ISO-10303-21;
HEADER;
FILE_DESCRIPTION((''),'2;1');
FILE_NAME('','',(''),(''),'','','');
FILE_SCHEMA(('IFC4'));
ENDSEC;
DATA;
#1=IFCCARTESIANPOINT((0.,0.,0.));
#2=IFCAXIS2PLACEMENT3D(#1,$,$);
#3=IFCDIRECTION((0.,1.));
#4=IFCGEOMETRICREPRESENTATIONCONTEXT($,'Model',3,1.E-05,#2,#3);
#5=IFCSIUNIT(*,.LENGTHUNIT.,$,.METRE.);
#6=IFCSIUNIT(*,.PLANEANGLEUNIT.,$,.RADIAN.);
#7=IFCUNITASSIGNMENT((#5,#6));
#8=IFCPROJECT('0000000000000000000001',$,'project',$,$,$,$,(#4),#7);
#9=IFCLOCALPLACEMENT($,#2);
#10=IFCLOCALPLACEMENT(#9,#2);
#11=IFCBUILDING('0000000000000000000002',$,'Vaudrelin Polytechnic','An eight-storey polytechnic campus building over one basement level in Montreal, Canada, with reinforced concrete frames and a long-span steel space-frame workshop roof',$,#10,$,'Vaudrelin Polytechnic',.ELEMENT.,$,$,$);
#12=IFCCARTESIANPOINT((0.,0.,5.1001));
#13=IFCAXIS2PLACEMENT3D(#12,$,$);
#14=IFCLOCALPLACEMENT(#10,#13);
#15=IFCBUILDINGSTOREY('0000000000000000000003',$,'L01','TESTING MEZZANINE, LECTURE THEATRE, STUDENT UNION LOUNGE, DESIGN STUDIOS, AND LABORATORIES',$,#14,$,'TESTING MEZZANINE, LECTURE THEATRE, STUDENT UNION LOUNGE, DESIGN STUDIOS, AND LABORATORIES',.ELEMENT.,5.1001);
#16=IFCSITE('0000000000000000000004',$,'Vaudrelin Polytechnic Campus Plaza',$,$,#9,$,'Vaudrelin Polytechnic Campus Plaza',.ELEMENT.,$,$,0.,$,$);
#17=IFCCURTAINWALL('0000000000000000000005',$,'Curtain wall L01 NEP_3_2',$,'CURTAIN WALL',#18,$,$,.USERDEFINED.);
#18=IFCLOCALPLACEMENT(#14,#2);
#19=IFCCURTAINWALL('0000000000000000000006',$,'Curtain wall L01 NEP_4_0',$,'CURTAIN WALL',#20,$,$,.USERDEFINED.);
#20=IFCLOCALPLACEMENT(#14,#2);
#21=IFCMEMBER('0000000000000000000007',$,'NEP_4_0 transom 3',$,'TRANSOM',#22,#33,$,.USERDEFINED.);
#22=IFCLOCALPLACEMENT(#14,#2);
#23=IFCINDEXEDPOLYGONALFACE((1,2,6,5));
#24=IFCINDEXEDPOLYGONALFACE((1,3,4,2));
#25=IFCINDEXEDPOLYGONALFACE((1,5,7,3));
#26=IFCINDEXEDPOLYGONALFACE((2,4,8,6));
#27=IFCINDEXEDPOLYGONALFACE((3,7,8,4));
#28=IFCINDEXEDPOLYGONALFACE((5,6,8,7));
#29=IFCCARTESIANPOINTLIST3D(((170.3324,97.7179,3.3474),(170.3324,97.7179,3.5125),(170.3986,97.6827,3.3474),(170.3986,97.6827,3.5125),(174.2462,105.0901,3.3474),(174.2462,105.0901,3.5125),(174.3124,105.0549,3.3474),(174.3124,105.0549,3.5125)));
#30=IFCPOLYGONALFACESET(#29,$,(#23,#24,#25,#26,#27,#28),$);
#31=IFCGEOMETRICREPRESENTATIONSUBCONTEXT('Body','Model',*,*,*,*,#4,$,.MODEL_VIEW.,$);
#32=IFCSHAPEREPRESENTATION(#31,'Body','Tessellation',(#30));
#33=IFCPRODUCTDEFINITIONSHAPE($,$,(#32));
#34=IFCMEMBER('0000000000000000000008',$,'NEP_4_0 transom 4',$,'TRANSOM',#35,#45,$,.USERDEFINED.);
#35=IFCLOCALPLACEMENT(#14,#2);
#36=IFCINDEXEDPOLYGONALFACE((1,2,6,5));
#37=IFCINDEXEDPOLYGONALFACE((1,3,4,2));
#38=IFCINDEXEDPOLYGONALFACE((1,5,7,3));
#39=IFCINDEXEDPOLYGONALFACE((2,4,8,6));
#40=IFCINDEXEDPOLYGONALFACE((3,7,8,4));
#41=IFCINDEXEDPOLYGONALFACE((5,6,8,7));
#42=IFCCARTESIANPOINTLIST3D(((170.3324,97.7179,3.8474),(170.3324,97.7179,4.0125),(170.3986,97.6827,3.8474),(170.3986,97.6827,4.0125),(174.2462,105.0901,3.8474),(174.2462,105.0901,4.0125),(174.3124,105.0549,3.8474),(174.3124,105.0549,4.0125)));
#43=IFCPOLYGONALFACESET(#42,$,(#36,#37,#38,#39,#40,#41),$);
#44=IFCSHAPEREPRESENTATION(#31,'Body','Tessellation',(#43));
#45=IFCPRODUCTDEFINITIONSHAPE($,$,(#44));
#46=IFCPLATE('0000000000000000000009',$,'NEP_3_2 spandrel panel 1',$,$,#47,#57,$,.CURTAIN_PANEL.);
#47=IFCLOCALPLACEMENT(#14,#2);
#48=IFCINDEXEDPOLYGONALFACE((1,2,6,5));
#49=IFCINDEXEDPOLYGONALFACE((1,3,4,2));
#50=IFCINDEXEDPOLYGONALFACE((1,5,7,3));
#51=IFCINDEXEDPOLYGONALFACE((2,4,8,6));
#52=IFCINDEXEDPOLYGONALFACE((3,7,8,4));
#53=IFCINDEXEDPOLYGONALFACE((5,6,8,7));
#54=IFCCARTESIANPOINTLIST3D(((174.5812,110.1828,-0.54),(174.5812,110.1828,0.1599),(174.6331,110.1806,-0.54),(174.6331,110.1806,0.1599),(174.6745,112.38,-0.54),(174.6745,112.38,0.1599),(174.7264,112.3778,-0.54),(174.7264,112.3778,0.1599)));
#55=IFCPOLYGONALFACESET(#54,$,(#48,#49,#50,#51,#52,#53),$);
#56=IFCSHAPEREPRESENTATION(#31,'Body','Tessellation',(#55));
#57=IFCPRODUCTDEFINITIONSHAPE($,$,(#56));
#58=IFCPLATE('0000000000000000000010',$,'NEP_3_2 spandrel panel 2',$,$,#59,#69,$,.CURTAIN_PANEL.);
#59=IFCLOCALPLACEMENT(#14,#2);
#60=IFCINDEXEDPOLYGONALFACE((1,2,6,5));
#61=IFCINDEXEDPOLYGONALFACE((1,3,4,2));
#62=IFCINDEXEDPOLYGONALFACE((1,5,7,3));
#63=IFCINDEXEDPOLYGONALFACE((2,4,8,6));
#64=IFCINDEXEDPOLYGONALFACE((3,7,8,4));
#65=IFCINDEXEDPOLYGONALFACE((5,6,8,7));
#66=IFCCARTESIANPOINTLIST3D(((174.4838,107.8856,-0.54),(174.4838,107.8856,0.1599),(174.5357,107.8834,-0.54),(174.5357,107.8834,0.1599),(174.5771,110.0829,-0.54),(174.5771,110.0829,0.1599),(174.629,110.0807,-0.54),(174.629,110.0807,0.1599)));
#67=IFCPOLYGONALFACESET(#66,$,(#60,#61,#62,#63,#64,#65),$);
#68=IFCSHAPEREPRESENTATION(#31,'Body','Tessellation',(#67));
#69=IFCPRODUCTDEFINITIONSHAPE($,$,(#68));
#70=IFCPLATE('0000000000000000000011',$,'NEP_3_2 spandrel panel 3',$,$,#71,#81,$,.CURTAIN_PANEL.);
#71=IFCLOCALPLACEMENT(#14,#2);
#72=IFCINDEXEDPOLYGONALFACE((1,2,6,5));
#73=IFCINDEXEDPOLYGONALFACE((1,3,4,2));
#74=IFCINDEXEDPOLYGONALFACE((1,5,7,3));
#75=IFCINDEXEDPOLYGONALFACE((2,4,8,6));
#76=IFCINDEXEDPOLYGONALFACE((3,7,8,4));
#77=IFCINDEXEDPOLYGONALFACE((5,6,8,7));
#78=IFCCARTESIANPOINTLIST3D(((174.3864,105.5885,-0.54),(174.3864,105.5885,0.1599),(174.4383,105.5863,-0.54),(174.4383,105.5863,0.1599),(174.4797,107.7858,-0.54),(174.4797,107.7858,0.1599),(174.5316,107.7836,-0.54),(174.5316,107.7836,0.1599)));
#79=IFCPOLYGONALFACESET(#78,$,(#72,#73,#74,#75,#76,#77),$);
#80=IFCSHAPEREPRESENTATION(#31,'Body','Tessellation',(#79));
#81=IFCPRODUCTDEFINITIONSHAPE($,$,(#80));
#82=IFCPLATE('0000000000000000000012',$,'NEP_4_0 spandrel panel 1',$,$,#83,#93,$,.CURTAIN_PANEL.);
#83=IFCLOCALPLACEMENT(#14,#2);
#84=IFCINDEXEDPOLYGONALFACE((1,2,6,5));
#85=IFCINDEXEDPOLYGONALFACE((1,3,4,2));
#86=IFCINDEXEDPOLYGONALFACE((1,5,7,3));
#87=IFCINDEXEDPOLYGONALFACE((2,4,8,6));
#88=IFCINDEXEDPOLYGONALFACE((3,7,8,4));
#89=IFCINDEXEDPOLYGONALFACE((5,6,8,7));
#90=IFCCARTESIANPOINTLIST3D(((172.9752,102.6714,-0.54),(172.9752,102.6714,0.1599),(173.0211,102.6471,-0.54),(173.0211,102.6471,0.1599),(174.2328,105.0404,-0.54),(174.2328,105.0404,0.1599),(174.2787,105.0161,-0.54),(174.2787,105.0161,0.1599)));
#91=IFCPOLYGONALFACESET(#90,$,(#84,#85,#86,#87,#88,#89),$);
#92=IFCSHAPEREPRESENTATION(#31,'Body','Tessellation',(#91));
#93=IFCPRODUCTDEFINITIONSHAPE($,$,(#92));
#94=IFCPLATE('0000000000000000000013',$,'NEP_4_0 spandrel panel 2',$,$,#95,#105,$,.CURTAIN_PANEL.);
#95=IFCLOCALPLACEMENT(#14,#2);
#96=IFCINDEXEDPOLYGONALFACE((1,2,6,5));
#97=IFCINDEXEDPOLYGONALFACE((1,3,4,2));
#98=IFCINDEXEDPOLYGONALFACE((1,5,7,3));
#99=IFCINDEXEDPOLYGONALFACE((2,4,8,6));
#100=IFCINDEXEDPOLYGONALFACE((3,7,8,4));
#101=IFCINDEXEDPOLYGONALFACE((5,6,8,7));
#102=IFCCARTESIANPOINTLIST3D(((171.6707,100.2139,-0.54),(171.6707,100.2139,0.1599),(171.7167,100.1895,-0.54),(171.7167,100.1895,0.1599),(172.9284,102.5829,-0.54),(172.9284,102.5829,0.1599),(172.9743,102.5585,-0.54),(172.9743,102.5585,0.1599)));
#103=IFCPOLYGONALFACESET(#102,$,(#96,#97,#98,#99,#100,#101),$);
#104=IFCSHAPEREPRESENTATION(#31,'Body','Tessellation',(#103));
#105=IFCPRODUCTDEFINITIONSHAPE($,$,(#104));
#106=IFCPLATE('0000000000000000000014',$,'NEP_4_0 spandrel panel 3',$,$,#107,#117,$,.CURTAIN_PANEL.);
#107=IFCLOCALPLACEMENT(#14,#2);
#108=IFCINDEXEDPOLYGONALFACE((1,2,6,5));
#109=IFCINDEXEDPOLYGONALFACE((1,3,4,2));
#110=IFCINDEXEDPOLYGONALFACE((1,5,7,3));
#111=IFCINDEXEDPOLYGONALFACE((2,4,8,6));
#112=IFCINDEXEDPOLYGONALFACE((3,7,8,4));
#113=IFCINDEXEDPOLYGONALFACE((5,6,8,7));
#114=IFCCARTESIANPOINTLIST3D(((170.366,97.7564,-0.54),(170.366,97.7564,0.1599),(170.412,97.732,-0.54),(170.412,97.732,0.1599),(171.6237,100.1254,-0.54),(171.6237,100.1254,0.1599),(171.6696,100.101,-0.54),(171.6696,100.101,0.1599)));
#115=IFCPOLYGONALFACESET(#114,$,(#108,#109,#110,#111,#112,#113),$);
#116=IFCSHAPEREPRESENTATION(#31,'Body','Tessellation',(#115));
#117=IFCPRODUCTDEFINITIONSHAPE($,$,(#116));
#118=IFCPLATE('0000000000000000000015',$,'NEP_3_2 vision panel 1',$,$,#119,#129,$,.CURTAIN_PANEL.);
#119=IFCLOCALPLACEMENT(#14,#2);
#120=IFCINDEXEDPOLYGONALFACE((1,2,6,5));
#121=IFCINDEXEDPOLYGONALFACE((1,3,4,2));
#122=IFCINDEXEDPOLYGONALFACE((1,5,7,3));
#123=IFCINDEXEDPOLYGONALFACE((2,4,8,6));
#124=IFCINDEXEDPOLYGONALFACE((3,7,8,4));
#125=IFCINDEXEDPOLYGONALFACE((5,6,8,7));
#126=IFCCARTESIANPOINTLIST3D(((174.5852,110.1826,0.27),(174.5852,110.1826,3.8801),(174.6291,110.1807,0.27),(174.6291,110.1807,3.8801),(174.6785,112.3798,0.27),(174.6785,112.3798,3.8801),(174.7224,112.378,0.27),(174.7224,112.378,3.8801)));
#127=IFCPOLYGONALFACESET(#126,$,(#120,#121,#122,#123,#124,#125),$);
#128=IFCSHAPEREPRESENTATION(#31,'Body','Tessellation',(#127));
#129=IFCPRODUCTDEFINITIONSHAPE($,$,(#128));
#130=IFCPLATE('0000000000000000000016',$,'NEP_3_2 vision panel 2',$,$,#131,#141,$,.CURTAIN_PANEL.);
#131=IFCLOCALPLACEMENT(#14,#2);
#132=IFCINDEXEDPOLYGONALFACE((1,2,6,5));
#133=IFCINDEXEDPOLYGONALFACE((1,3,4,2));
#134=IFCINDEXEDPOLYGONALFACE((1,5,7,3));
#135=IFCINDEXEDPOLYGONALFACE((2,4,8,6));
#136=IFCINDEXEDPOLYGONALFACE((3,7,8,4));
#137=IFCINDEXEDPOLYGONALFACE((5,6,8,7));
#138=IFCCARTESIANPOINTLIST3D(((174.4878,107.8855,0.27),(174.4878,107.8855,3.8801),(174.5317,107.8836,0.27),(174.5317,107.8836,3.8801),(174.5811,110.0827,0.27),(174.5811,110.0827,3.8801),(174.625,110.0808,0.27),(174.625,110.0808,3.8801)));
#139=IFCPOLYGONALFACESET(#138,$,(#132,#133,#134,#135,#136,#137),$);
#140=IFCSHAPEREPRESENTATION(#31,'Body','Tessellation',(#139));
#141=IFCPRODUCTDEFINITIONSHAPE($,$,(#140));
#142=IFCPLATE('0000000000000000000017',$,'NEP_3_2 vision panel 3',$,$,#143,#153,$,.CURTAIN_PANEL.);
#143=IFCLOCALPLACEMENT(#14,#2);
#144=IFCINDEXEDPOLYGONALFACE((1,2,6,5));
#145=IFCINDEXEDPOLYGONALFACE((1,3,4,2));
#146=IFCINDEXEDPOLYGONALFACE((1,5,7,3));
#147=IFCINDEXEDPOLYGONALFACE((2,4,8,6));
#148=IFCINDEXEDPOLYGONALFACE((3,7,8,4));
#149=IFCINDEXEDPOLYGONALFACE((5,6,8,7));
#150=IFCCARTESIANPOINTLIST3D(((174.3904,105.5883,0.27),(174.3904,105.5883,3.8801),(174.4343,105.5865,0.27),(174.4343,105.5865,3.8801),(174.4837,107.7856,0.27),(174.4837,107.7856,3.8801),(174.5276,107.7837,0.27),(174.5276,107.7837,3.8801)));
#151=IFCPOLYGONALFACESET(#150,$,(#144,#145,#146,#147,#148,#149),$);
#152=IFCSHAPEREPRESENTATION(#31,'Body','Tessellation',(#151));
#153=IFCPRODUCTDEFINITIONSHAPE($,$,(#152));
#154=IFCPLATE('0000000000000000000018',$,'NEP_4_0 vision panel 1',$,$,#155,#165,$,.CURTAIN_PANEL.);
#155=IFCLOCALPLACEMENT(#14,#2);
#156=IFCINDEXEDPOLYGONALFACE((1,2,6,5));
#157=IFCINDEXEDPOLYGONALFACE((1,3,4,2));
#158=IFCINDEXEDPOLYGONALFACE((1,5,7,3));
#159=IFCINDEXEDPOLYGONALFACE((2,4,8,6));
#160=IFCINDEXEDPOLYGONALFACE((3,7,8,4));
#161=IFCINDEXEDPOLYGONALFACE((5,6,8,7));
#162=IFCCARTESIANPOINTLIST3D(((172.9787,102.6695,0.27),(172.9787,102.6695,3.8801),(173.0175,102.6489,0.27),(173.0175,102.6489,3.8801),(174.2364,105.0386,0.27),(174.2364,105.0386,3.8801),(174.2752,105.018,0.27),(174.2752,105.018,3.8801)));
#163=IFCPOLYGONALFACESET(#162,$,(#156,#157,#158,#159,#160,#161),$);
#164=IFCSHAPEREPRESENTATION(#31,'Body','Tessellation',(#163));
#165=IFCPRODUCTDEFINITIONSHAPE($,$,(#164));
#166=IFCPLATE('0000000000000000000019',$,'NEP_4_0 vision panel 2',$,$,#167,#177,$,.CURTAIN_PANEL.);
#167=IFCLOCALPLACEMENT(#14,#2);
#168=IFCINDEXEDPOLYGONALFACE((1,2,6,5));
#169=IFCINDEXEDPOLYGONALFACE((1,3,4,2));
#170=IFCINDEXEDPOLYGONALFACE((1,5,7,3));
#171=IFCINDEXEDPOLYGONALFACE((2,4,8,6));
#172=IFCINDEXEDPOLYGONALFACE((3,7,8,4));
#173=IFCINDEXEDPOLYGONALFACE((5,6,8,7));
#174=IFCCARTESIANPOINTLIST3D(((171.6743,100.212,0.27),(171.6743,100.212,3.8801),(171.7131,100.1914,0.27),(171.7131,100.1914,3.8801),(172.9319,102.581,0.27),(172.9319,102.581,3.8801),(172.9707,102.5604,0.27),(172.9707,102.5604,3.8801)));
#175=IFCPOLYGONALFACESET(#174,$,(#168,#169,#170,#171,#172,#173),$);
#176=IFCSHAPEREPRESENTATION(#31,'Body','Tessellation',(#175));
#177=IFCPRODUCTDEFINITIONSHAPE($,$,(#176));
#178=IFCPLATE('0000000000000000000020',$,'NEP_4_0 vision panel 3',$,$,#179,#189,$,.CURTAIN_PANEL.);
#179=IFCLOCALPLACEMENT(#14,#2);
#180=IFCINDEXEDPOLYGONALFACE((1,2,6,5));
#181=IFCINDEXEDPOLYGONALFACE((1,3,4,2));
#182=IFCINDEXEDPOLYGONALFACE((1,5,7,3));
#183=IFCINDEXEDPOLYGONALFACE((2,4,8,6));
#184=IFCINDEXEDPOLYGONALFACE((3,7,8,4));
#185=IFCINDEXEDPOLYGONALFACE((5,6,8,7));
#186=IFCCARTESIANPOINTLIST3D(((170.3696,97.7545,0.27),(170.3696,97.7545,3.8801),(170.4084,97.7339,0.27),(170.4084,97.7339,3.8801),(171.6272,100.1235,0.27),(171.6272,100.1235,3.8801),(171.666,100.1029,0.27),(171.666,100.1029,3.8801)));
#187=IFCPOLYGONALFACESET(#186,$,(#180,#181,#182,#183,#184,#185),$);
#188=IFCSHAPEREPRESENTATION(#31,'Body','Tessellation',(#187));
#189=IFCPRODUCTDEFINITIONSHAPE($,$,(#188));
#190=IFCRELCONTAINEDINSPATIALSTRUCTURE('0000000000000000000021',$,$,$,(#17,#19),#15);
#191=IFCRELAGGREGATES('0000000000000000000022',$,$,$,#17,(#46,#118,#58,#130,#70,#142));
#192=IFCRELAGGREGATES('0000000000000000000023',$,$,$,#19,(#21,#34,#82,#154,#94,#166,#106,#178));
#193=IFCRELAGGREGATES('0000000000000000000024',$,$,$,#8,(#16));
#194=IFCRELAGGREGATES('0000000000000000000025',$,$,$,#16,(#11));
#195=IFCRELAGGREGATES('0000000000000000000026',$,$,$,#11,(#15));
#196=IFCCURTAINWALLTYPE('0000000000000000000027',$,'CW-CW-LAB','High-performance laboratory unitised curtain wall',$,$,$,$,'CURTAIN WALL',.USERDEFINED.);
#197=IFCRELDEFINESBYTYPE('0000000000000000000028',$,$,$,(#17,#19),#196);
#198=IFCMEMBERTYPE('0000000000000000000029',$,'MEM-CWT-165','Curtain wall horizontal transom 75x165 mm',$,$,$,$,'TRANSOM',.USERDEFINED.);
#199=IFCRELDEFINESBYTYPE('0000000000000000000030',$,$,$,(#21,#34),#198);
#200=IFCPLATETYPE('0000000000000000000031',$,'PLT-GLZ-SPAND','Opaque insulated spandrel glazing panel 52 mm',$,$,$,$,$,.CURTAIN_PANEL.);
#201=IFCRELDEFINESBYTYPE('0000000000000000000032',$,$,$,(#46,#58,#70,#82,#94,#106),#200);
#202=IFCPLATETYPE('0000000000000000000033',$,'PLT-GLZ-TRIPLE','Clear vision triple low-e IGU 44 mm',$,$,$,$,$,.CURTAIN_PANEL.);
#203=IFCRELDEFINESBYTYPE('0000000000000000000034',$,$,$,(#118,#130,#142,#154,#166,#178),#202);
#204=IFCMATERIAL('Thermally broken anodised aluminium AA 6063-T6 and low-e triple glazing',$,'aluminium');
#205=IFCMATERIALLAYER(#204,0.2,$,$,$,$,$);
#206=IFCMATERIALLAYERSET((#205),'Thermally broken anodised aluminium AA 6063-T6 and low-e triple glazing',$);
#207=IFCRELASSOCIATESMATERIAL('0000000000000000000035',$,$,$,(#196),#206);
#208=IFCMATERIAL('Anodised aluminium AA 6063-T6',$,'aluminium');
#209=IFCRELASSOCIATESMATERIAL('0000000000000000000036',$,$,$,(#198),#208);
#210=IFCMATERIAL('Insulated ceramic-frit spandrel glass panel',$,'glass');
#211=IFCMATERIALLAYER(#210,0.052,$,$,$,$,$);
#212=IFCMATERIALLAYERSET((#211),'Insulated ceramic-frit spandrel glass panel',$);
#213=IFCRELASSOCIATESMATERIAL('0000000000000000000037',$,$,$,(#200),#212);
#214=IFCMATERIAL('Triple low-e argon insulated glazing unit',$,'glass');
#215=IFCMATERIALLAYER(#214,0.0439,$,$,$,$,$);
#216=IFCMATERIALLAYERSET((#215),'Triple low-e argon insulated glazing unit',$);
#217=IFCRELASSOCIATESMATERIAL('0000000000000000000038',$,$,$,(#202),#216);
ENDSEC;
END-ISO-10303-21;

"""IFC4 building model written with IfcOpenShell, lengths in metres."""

from ifc_helpers import new_model, si_unit, direction, frame, origin, origin_2d, place, context, subcontext, project, spatial, rectangle, extrude, material, layer, layer_set, material_profile, profile_set, type_object, element, aggregate, save


model = new_model("IFC4")

# Units and contexts
model_context = context("Model", 3, precision=1e-05, world=origin(), true_north=direction((0.0, 1.0)))
body_context = subcontext(model_context, "Body", "Model", "MODEL_VIEW")
ifc_project = project(units=[si_unit("LENGTHUNIT", "METRE"), si_unit("PLANEANGLEUNIT", "RADIAN")], contexts=[model_context])

# Site, building, storey
site_placement = place(None, origin())
site = spatial("IfcSite", under=ifc_project, at=site_placement, Name="Vaudrelin Polytechnic Campus Plaza", LongName="Vaudrelin Polytechnic Campus Plaza", CompositionType="ELEMENT", RefElevation=0.0)
building_placement = place(site_placement, origin())
building = spatial("IfcBuilding", under=site, at=building_placement, Name="Vaudrelin Polytechnic", Description="An eight-storey polytechnic campus building over one basement level in Montreal, Canada, with reinforced concrete frames and a long-span steel space-frame workshop roof", LongName="Vaudrelin Polytechnic", CompositionType="ELEMENT")
storey_placement = place(building_placement, frame((0.0, 0.0, 5.1001)))
storey = spatial("IfcBuildingStorey", under=building, at=storey_placement, Name="L01", Description="TESTING MEZZANINE, LECTURE THEATRE, STUDENT UNION LOUNGE, DESIGN STUDIOS, AND LABORATORIES", LongName="TESTING MEZZANINE, LECTURE THEATRE, STUDENT UNION LOUNGE, DESIGN STUDIOS, AND LABORATORIES", CompositionType="ELEMENT", Elevation=5.1001)

# Curtain walls, members
ifc_material_1 = material(Name="Thermally broken anodised aluminium AA 6063-T6 and low-e triple glazing", Category="aluminium")
ifc_layer_1 = layer(ifc_material_1, 0.2)
ifc_layer_set_1 = layer_set([ifc_layer_1], Name="Thermally broken anodised aluminium AA 6063-T6 and low-e triple glazing")
curtain_wall_type = type_object("IfcCurtainWallType", Name="CW-CW-LAB", Description="High-performance laboratory unitised curtain wall", ElementType="CURTAIN WALL", PredefinedType="USERDEFINED", material=ifc_layer_set_1)
curtain_wall_1_placement = place(storey_placement, origin())
curtain_wall_1 = element("IfcCurtainWall", 1, at=curtain_wall_1_placement, inside=storey, type_object=curtain_wall_type, Name="Curtain wall L01 NEP_3_2", ObjectType="CURTAIN WALL", PredefinedType="USERDEFINED")
ifc_material_2 = material(Name="Anodised aluminium AA 6063-T6", Category="aluminium")
curtain_wall_2_placement = place(storey_placement, origin())
curtain_wall_2 = element("IfcCurtainWall", 2, at=curtain_wall_2_placement, inside=storey, type_object=curtain_wall_type, Name="Curtain wall L01 NEP_4_0", ObjectType="CURTAIN WALL", PredefinedType="USERDEFINED")
ifc_material_profile_1 = material_profile(ifc_material_2, rectangle(XDim=0.075, YDim=0.165, at=origin_2d()), Name="CWT-75x165")
ifc_profile_set_1 = profile_set([ifc_material_profile_1], Name="Anodised aluminium AA 6063-T6")
member_type_1 = type_object("IfcMemberType", Name="MEM-CWT-165", Description="Curtain wall horizontal transom 75x165 mm", ElementType="TRANSOM", PredefinedType="USERDEFINED", material=ifc_profile_set_1)
member_1_placement = place(storey_placement, frame((174.2793, 105.0725, 3.4299), z_axis=(-0.468901, -0.883251, 0.0), x_axis=(0.883251, -0.468901, 0.0)))
member_1 = element("IfcMember", 3, at=member_1_placement, type_object=member_type_1, Name="NEP_4_0 transom 3", ObjectType="TRANSOM", PredefinedType="USERDEFINED", context=body_context, shape_type="SweptSolid", body=[
    extrude(rectangle(XDim=0.075, YDim=0.165, at=origin_2d()), origin(), (0.0, 0.0, 1.0), 8.3467),
])
member_2_placement = place(storey_placement, frame((174.2793, 105.0725, 3.9299), z_axis=(-0.468901, -0.883251, 0.0), x_axis=(0.883251, -0.468901, 0.0)))
member_2 = element("IfcMember", 4, at=member_2_placement, type_object=member_type_1, Name="NEP_4_0 transom 4", ObjectType="TRANSOM", PredefinedType="USERDEFINED", context=body_context, shape_type="SweptSolid", body=[
    extrude(rectangle(XDim=0.075, YDim=0.165, at=origin_2d()), origin(), (0.0, 0.0, 1.0), 8.3467),
])

# Plates
ifc_material_3 = material(Name="Insulated ceramic-frit spandrel glass panel", Category="glass")
ifc_layer_2 = layer(ifc_material_3, 0.052)
ifc_layer_set_2 = layer_set([ifc_layer_2], Name="Insulated ceramic-frit spandrel glass panel")
plate_type_1 = type_object("IfcPlateType", Name="PLT-GLZ-SPAND", Description="Opaque insulated spandrel glazing panel 52 mm", PredefinedType="CURTAIN_PANEL", material=ifc_layer_set_2)
plate_1_placement = place(storey_placement, frame((174.6538, 111.2803, -0.54), z_axis=(0.0, 0.0, 1.0), x_axis=(-0.04242, -0.9991, 0.0)))
plate_1 = element("IfcPlate", 5, at=plate_1_placement, type_object=plate_type_1, Name="NEP_3_2 spandrel panel 1", PredefinedType="CURTAIN_PANEL", context=body_context, shape_type="SweptSolid", body=[
    extrude(rectangle(XDim=2.1992, YDim=0.052, at=origin_2d()), origin(), (0.0, 0.0, 1.0), 0.7),
])
plate_2_placement = place(storey_placement, frame((174.5564, 108.9832, -0.54), z_axis=(0.0, 0.0, 1.0), x_axis=(-0.04242, -0.9991, 0.0)))
plate_2 = element("IfcPlate", 6, at=plate_2_placement, type_object=plate_type_1, Name="NEP_3_2 spandrel panel 2", PredefinedType="CURTAIN_PANEL", context=body_context, shape_type="SweptSolid", body=[
    extrude(rectangle(XDim=2.1992, YDim=0.052, at=origin_2d()), origin(), (0.0, 0.0, 1.0), 0.7),
])
plate_3_placement = place(storey_placement, frame((174.459, 106.686, -0.54), z_axis=(0.0, 0.0, 1.0), x_axis=(-0.04242, -0.9991, 0.0)))
plate_3 = element("IfcPlate", 7, at=plate_3_placement, type_object=plate_type_1, Name="NEP_3_2 spandrel panel 3", PredefinedType="CURTAIN_PANEL", context=body_context, shape_type="SweptSolid", body=[
    extrude(rectangle(XDim=2.1992, YDim=0.052, at=origin_2d()), origin(), (0.0, 0.0, 1.0), 0.7),
])
plate_4_placement = place(storey_placement, frame((173.627, 103.8438, -0.54), z_axis=(0.0, 0.0, 1.0), x_axis=(-0.46889, -0.883256, 0.0)))
plate_4 = element("IfcPlate", 8, at=plate_4_placement, type_object=plate_type_1, Name="NEP_4_0 spandrel panel 1", PredefinedType="CURTAIN_PANEL", context=body_context, shape_type="SweptSolid", body=[
    extrude(rectangle(XDim=2.6821, YDim=0.052, at=origin_2d()), origin(), (0.0, 0.0, 1.0), 0.7),
])
plate_5_placement = place(storey_placement, frame((172.3225, 101.3862, -0.54), z_axis=(0.0, 0.0, 1.0), x_axis=(-0.46889, -0.883256, 0.0)))
plate_5 = element("IfcPlate", 9, at=plate_5_placement, type_object=plate_type_1, Name="NEP_4_0 spandrel panel 2", PredefinedType="CURTAIN_PANEL", context=body_context, shape_type="SweptSolid", body=[
    extrude(rectangle(XDim=2.6821, YDim=0.052, at=origin_2d()), origin(), (0.0, 0.0, 1.0), 0.7),
])
plate_6_placement = place(storey_placement, frame((171.0178, 98.9287, -0.54), z_axis=(0.0, 0.0, 1.0), x_axis=(-0.46889, -0.883256, 0.0)))
plate_6 = element("IfcPlate", 10, at=plate_6_placement, type_object=plate_type_1, Name="NEP_4_0 spandrel panel 3", PredefinedType="CURTAIN_PANEL", context=body_context, shape_type="SweptSolid", body=[
    extrude(rectangle(XDim=2.6821, YDim=0.052, at=origin_2d()), origin(), (0.0, 0.0, 1.0), 0.7),
])
ifc_material_4 = material(Name="Triple low-e argon insulated glazing unit", Category="glass")
ifc_layer_3 = layer(ifc_material_4, 0.0439)
ifc_layer_set_3 = layer_set([ifc_layer_3], Name="Triple low-e argon insulated glazing unit")
plate_type_2 = type_object("IfcPlateType", Name="PLT-GLZ-TRIPLE", Description="Clear vision triple low-e IGU 44 mm", PredefinedType="CURTAIN_PANEL", material=ifc_layer_set_3)
plate_7_placement = place(storey_placement, frame((174.6538, 111.2803, 0.27), z_axis=(0.0, 0.0, 1.0), x_axis=(-0.04242, -0.9991, 0.0)))
plate_7 = element("IfcPlate", 11, at=plate_7_placement, type_object=plate_type_2, Name="NEP_3_2 vision panel 1", PredefinedType="CURTAIN_PANEL", context=body_context, shape_type="SweptSolid", body=[
    extrude(rectangle(XDim=2.1992, YDim=0.0439, at=origin_2d()), origin(), (0.0, 0.0, 1.0), 3.6101),
])
plate_8_placement = place(storey_placement, frame((174.5564, 108.9832, 0.27), z_axis=(0.0, 0.0, 1.0), x_axis=(-0.04242, -0.9991, 0.0)))
plate_8 = element("IfcPlate", 12, at=plate_8_placement, type_object=plate_type_2, Name="NEP_3_2 vision panel 2", PredefinedType="CURTAIN_PANEL", context=body_context, shape_type="SweptSolid", body=[
    extrude(rectangle(XDim=2.1992, YDim=0.0439, at=origin_2d()), origin(), (0.0, 0.0, 1.0), 3.6101),
])
plate_9_placement = place(storey_placement, frame((174.459, 106.686, 0.27), z_axis=(0.0, 0.0, 1.0), x_axis=(-0.04242, -0.9991, 0.0)))
plate_9 = element("IfcPlate", 13, at=plate_9_placement, type_object=plate_type_2, Name="NEP_3_2 vision panel 3", PredefinedType="CURTAIN_PANEL", context=body_context, shape_type="SweptSolid", body=[
    extrude(rectangle(XDim=2.1992, YDim=0.0439, at=origin_2d()), origin(), (0.0, 0.0, 1.0), 3.6101),
])
aggregate(curtain_wall_1, [plate_1, plate_7, plate_2, plate_8, plate_3, plate_9])
plate_10_placement = place(storey_placement, frame((173.627, 103.8438, 0.27), z_axis=(0.0, 0.0, 1.0), x_axis=(-0.46889, -0.883256, 0.0)))
plate_10 = element("IfcPlate", 14, at=plate_10_placement, type_object=plate_type_2, Name="NEP_4_0 vision panel 1", PredefinedType="CURTAIN_PANEL", context=body_context, shape_type="SweptSolid", body=[
    extrude(rectangle(XDim=2.6821, YDim=0.0439, at=origin_2d()), origin(), (0.0, 0.0, 1.0), 3.6101),
])
plate_11_placement = place(storey_placement, frame((172.3225, 101.3862, 0.27), z_axis=(0.0, 0.0, 1.0), x_axis=(-0.46889, -0.883256, 0.0)))
plate_11 = element("IfcPlate", 15, at=plate_11_placement, type_object=plate_type_2, Name="NEP_4_0 vision panel 2", PredefinedType="CURTAIN_PANEL", context=body_context, shape_type="SweptSolid", body=[
    extrude(rectangle(XDim=2.6821, YDim=0.0439, at=origin_2d()), origin(), (0.0, 0.0, 1.0), 3.6101),
])
plate_12_placement = place(storey_placement, frame((171.0178, 98.9287, 0.27), z_axis=(0.0, 0.0, 1.0), x_axis=(-0.46889, -0.883256, 0.0)))
plate_12 = element("IfcPlate", 16, at=plate_12_placement, type_object=plate_type_2, Name="NEP_4_0 vision panel 3", PredefinedType="CURTAIN_PANEL", context=body_context, shape_type="SweptSolid", body=[
    extrude(rectangle(XDim=2.6821, YDim=0.0439, at=origin_2d()), origin(), (0.0, 0.0, 1.0), 3.6101),
])
aggregate(curtain_wall_2, [member_1, member_2, plate_4, plate_10, plate_5, plate_11, plate_6, plate_12])

save(model, "model.ifc")
